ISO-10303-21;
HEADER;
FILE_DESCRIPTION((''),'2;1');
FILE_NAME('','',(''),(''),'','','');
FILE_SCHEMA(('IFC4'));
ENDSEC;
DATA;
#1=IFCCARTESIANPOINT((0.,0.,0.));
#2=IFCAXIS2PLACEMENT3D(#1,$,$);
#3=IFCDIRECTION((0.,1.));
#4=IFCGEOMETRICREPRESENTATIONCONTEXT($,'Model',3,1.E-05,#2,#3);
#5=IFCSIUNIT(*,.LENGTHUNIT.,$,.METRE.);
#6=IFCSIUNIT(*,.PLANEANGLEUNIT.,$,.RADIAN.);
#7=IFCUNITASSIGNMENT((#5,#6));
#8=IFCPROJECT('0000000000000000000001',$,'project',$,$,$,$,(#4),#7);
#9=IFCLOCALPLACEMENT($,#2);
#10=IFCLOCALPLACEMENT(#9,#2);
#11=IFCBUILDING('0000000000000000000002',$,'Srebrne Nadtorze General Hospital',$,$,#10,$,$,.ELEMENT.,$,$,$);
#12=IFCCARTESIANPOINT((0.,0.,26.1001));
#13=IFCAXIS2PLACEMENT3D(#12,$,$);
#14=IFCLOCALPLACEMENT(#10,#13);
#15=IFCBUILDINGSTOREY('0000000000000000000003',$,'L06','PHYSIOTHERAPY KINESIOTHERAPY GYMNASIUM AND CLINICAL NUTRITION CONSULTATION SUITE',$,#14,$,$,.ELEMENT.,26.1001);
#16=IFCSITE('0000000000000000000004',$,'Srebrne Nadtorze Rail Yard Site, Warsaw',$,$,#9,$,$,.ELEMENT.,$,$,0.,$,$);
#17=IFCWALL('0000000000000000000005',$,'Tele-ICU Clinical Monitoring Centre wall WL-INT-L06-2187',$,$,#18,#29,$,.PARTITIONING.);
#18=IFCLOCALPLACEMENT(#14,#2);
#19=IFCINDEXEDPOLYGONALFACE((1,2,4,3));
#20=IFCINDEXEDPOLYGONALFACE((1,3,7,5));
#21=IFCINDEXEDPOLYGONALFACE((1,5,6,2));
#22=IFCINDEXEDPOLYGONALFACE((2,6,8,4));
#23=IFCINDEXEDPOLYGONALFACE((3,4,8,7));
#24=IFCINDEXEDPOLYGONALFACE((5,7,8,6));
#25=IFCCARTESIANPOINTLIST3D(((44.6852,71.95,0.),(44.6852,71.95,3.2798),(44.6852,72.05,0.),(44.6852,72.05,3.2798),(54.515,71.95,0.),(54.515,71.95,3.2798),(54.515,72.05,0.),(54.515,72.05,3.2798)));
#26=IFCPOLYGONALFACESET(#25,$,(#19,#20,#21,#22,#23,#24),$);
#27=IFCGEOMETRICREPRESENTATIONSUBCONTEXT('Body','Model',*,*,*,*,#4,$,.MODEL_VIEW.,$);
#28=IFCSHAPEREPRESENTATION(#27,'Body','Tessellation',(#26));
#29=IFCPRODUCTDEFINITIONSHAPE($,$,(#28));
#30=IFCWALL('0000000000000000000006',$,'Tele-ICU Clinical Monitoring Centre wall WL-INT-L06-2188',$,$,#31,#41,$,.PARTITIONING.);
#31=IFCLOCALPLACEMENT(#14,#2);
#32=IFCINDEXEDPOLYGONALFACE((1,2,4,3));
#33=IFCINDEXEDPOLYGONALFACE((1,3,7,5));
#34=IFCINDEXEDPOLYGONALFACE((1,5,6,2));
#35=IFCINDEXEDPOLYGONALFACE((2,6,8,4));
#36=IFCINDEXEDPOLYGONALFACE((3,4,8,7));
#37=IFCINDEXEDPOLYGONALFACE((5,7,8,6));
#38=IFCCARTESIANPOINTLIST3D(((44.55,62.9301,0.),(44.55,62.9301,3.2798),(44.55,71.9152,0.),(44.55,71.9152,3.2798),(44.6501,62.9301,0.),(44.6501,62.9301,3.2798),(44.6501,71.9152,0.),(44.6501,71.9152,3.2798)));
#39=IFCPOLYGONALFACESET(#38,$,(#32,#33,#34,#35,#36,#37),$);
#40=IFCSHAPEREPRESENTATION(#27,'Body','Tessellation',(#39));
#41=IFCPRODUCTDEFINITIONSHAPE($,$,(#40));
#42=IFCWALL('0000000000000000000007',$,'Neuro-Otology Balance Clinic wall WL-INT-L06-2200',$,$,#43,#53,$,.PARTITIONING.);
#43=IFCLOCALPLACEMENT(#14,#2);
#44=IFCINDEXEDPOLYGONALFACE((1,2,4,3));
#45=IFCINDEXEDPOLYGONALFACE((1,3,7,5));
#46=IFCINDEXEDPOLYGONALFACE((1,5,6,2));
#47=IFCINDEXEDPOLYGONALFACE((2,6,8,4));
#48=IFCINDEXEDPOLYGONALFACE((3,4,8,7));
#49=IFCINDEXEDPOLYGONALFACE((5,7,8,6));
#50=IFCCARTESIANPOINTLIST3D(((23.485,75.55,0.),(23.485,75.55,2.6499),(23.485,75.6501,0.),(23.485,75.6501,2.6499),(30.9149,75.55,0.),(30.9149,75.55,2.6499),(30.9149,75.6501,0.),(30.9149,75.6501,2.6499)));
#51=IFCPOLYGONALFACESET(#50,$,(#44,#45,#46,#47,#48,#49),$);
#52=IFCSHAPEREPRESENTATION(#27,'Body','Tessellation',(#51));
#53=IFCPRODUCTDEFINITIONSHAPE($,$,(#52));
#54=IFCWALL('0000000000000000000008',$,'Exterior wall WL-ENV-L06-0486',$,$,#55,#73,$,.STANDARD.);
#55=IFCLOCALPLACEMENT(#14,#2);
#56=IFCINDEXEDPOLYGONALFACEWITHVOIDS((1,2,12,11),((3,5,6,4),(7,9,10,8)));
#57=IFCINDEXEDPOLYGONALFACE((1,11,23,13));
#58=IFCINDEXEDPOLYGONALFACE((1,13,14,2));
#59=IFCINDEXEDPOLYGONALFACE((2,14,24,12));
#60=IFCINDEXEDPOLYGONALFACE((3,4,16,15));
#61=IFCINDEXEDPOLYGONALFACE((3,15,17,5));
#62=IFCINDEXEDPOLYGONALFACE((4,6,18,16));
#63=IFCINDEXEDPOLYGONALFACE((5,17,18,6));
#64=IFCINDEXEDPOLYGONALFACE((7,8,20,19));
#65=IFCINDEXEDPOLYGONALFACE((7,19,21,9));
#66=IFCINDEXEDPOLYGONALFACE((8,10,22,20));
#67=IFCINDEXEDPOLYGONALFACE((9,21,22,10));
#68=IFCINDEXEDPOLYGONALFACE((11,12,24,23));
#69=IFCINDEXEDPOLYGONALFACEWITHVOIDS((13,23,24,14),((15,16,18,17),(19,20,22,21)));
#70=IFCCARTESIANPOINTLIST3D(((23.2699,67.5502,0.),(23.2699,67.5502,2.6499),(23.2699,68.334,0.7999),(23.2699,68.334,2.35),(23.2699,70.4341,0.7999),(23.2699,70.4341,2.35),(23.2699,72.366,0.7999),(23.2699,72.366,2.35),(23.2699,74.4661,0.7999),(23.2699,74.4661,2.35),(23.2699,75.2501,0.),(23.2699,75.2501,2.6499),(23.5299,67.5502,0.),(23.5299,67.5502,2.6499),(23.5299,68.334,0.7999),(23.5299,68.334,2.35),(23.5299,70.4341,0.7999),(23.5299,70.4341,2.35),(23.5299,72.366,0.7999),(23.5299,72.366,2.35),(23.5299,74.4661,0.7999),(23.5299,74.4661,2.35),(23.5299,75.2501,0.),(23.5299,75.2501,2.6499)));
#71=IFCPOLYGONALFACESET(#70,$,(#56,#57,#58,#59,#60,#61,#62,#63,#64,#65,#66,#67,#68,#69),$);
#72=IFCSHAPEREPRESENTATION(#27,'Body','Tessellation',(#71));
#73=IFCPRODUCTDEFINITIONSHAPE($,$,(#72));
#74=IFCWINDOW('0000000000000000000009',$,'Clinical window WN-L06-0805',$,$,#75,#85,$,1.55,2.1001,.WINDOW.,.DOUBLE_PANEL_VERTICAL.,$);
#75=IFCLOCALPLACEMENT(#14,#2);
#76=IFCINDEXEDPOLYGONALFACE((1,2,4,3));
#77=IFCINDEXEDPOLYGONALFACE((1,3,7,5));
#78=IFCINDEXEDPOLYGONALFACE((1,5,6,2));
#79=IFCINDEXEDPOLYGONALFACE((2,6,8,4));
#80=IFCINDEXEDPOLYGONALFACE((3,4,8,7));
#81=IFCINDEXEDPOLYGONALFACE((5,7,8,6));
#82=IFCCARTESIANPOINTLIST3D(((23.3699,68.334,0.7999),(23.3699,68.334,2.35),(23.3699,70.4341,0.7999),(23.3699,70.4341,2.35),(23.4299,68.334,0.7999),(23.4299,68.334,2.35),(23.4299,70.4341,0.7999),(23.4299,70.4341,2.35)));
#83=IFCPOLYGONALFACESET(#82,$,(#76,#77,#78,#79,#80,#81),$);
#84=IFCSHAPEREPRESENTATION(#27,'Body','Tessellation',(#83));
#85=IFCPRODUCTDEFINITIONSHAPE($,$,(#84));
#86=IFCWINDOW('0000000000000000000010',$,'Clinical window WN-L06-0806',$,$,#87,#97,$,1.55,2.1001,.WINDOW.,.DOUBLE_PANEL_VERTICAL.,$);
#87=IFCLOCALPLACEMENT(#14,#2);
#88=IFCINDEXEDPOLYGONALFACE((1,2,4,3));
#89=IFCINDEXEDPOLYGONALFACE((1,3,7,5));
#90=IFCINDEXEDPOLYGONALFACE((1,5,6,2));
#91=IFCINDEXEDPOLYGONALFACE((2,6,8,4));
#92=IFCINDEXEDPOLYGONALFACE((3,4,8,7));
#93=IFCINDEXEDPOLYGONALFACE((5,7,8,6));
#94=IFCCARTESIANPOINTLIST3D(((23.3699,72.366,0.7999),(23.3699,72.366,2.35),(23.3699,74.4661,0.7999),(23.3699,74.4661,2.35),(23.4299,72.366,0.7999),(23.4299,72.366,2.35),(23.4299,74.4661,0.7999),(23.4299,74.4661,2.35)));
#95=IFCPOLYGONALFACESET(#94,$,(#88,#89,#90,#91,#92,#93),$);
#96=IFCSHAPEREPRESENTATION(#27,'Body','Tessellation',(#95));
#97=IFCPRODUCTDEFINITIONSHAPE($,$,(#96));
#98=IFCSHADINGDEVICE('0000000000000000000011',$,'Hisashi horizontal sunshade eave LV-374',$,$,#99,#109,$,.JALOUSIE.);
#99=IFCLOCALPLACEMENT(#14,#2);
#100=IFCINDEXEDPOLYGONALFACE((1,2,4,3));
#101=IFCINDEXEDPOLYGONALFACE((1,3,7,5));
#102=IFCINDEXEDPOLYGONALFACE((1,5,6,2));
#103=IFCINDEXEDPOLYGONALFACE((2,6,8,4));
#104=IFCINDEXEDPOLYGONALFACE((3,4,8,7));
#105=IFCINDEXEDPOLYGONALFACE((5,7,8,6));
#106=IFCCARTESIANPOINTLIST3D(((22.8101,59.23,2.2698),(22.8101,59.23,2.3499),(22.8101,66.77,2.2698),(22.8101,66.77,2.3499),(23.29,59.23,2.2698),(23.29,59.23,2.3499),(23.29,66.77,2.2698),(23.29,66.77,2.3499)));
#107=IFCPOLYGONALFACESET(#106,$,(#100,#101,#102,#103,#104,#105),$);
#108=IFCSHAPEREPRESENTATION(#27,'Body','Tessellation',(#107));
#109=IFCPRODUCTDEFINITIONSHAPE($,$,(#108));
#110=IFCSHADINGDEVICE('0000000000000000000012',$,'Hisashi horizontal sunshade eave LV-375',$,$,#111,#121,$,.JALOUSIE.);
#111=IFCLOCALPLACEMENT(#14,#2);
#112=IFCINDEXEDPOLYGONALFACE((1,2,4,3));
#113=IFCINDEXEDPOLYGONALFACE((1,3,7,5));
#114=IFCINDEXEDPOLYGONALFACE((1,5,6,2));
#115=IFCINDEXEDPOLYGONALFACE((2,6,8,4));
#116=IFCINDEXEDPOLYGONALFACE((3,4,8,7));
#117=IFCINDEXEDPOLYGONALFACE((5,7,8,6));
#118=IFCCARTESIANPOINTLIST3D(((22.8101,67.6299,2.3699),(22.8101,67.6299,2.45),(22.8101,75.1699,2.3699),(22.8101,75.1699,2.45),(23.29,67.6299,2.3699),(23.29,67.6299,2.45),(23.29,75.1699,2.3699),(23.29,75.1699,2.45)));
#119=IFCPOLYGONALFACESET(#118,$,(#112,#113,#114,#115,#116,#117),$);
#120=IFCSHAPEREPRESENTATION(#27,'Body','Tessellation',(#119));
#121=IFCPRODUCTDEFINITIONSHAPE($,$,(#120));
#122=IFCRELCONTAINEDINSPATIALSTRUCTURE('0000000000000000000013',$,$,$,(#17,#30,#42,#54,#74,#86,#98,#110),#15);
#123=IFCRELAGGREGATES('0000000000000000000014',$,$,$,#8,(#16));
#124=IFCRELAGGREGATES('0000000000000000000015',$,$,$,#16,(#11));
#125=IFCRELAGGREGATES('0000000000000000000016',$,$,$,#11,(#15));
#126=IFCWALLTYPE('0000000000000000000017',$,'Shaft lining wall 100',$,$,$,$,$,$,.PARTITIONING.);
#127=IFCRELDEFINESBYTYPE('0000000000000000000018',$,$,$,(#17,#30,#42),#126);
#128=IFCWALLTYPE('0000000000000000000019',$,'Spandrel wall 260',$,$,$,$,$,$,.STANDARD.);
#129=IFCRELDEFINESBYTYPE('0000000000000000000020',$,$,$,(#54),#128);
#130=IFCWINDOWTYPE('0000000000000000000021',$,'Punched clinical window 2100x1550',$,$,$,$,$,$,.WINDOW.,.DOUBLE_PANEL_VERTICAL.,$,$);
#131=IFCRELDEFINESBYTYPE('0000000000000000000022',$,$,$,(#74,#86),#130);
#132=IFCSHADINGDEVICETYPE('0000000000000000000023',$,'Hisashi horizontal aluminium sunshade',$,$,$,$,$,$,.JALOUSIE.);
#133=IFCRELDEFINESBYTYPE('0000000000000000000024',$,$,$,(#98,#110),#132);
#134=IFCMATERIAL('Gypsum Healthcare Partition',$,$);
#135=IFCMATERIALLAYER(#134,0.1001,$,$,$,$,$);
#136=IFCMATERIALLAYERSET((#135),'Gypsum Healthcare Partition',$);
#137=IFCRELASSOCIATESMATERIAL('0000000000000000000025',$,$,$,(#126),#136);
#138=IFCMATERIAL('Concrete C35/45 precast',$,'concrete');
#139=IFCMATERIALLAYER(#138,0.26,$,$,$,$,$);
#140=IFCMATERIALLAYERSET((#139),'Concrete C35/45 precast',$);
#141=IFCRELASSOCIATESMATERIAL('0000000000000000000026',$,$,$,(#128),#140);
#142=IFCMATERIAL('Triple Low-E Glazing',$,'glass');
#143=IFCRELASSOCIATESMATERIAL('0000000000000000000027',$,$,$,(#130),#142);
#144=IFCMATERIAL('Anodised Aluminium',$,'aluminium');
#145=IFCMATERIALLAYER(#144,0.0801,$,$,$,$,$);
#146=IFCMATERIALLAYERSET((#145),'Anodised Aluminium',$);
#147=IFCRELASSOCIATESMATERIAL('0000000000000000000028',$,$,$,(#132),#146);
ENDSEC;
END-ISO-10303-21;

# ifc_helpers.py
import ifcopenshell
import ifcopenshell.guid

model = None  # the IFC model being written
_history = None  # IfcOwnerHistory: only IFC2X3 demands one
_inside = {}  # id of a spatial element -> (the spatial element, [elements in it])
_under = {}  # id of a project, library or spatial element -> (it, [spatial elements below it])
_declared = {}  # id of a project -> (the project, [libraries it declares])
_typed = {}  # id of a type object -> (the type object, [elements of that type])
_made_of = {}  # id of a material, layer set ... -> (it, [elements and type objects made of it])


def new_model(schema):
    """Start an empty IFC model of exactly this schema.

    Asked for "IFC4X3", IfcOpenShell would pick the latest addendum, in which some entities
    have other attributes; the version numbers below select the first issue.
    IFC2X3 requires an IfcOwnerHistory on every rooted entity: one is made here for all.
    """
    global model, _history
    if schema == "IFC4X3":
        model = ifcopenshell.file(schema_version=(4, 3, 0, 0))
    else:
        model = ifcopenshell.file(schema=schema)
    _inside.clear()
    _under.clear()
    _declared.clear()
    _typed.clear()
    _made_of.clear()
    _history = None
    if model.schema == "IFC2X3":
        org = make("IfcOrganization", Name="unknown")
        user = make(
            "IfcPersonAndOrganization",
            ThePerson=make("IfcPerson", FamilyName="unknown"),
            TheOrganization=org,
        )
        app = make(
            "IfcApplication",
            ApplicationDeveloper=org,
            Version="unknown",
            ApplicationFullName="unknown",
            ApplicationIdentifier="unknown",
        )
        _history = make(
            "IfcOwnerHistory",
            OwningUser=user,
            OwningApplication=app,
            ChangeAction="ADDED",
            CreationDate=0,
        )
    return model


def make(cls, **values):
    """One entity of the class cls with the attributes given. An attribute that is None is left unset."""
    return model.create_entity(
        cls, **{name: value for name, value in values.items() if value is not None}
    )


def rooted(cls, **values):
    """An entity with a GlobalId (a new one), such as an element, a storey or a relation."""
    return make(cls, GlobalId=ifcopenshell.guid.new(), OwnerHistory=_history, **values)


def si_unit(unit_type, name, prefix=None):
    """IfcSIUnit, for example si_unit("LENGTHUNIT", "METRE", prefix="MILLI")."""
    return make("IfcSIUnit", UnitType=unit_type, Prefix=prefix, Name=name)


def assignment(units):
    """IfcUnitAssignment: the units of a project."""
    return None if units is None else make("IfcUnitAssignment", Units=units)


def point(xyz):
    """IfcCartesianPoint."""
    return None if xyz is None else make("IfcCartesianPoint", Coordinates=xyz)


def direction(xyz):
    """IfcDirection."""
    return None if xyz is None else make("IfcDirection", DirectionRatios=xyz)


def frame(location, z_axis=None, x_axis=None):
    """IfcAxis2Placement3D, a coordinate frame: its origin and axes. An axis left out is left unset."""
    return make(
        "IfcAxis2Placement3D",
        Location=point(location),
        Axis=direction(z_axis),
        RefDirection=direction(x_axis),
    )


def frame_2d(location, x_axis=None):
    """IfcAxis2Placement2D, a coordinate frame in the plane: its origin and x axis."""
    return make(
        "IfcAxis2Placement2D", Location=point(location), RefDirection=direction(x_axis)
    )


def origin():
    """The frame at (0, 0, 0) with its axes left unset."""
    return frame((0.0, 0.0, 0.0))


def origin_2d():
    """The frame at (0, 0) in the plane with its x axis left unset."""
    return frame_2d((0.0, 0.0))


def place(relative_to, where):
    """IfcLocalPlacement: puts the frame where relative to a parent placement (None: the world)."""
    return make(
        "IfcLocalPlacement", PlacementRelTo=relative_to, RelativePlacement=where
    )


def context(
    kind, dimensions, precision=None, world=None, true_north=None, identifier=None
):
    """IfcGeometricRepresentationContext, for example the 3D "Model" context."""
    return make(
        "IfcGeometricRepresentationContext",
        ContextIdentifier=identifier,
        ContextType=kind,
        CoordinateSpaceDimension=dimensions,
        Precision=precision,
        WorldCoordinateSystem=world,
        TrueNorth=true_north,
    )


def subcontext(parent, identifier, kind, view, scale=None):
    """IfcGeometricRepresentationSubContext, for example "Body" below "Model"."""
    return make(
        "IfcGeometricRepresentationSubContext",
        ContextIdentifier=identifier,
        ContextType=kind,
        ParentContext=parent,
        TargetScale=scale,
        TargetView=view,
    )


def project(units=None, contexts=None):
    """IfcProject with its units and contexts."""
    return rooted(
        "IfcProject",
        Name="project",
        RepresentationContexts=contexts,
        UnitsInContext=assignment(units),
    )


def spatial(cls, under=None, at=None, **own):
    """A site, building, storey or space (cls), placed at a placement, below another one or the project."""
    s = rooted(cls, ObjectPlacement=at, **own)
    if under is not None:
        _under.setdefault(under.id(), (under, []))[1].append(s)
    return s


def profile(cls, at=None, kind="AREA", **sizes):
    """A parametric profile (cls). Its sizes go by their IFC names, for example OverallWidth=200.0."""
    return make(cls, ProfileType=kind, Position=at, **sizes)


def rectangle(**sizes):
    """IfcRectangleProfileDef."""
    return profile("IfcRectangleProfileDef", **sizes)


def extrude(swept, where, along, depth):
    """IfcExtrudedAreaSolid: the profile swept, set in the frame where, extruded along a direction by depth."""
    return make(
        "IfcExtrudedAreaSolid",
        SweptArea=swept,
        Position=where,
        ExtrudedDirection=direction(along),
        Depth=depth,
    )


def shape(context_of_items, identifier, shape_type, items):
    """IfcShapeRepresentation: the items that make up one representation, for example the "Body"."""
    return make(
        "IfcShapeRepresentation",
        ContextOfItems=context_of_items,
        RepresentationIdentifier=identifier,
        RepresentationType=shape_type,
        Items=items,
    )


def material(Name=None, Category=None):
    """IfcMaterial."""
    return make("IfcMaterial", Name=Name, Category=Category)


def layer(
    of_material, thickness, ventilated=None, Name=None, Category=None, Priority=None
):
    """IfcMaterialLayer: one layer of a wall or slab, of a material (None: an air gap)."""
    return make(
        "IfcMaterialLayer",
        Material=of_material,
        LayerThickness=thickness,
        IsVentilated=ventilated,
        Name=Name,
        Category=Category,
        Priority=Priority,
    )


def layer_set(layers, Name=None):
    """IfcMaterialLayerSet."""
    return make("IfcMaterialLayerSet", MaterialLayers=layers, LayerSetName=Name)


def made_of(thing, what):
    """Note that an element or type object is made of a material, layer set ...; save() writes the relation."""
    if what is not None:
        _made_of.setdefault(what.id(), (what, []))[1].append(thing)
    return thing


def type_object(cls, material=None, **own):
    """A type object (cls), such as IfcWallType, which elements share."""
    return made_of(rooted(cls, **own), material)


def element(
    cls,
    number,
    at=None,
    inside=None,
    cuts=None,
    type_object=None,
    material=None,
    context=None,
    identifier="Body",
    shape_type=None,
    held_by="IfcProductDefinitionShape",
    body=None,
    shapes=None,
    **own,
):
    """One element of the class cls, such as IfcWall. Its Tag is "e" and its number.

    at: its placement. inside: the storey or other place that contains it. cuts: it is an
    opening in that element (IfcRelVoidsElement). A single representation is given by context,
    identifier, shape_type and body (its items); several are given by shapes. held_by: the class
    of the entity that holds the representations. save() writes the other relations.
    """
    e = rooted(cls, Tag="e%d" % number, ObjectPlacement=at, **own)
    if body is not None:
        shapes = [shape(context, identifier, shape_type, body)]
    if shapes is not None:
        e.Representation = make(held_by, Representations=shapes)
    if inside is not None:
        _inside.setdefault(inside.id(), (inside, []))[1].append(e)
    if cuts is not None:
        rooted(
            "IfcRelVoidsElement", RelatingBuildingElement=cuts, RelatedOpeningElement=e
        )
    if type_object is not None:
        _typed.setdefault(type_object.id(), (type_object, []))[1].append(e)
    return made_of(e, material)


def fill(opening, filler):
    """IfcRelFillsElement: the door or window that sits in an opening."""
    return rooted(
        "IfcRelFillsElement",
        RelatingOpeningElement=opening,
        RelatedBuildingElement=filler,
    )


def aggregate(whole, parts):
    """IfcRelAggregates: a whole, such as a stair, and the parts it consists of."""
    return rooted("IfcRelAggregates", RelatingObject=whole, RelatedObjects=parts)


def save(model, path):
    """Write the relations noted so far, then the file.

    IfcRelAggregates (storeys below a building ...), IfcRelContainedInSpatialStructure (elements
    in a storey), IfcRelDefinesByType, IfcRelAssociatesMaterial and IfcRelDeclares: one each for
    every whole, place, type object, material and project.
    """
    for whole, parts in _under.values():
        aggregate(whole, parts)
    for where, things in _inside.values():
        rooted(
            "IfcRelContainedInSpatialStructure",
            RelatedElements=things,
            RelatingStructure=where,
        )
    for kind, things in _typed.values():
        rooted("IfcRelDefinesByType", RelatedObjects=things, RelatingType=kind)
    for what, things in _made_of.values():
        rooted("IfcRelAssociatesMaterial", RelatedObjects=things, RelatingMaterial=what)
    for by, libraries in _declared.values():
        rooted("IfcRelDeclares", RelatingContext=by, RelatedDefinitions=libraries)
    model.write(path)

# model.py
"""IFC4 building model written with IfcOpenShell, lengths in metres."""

from ifc_helpers import new_model, si_unit, direction, frame, frame_2d, origin, origin_2d, place, context, subcontext, project, spatial, rectangle, extrude, material, layer, layer_set, type_object, element, fill, save


model = new_model("IFC4")

# Units and contexts
model_context = context("Model", 3, precision=1e-05, world=origin(), true_north=direction((0.0, 1.0)))
body_context = subcontext(model_context, "Body", "Model", "MODEL_VIEW")
ifc_project = project(units=[si_unit("LENGTHUNIT", "METRE"), si_unit("PLANEANGLEUNIT", "RADIAN")], contexts=[model_context])

# Site, building, storey
site_placement = place(None, origin())
site = spatial("IfcSite", under=ifc_project, at=site_placement, Name="Srebrne Nadtorze Rail Yard Site, Warsaw", CompositionType="ELEMENT", RefElevation=0.0)
building_placement = place(site_placement, origin())
building = spatial("IfcBuilding", under=site, at=building_placement, Name="Srebrne Nadtorze General Hospital", CompositionType="ELEMENT")
storey_placement = place(building_placement, frame((0.0, 0.0, 26.1001)))
storey = spatial("IfcBuildingStorey", under=building, at=storey_placement, Name="L06", Description="PHYSIOTHERAPY KINESIOTHERAPY GYMNASIUM AND CLINICAL NUTRITION CONSULTATION SUITE", CompositionType="ELEMENT", Elevation=26.1001)

# Walls
ifc_material_1 = material(Name="Gypsum Healthcare Partition")
ifc_layer_1 = layer(ifc_material_1, 0.1001)
ifc_layer_set_1 = layer_set([ifc_layer_1], Name="Gypsum Healthcare Partition")
wall_type_1 = type_object("IfcWallType", Name="Shaft lining wall 100", PredefinedType="PARTITIONING", material=ifc_layer_set_1)
wall_1_placement = place(storey_placement, frame((44.6851, 72.0, 0.0), z_axis=(0.0, 0.0, 1.0), x_axis=(1.0, 0.0, 0.0)))
element("IfcWall", 1, at=wall_1_placement, inside=storey, type_object=wall_type_1, Name="Tele-ICU Clinical Monitoring Centre wall WL-INT-L06-2187", PredefinedType="PARTITIONING", context=body_context, shape_type="SweptSolid", body=[
    extrude(rectangle(XDim=9.8298, YDim=0.1001, at=frame_2d((4.915, 0.0))), origin(), (0.0, 0.0, 1.0), 3.2798),
])
wall_2_placement = place(storey_placement, frame((44.6001, 62.9299, 0.0), z_axis=(0.0, 0.0, 1.0), x_axis=(0.0, 1.0, 0.0)))
element("IfcWall", 2, at=wall_2_placement, inside=storey, type_object=wall_type_1, Name="Tele-ICU Clinical Monitoring Centre wall WL-INT-L06-2188", PredefinedType="PARTITIONING", context=body_context, shape_type="SweptSolid", body=[
    extrude(rectangle(XDim=8.9851, YDim=0.1001, at=frame_2d((4.4927, 0.0))), origin(), (0.0, 0.0, 1.0), 3.2798),
])
wall_3_placement = place(storey_placement, frame((23.4851, 75.6001, 0.0), z_axis=(0.0, 0.0, 1.0), x_axis=(1.0, 0.0, 0.0)))
element("IfcWall", 3, at=wall_3_placement, inside=storey, type_object=wall_type_1, Name="Neuro-Otology Balance Clinic wall WL-INT-L06-2200", PredefinedType="PARTITIONING", context=body_context, shape_type="SweptSolid", body=[
    extrude(rectangle(XDim=7.4299, YDim=0.1001, at=frame_2d((3.7148, 0.0))), origin(), (0.0, 0.0, 1.0), 2.6499),
])

# Wall, openings, windows
ifc_material_2 = material(Name="Concrete C35/45 precast", Category="concrete")
ifc_layer_2 = layer(ifc_material_2, 0.26)
ifc_layer_set_2 = layer_set([ifc_layer_2], Name="Concrete C35/45 precast")
wall_type_2 = type_object("IfcWallType", Name="Spandrel wall 260", PredefinedType="STANDARD", material=ifc_layer_set_2)
wall_4_placement = place(storey_placement, frame((23.3999, 67.55, 0.0), z_axis=(0.0, 0.0, 1.0), x_axis=(0.0, 1.0, 0.0)))
wall_4 = element("IfcWall", 4, at=wall_4_placement, inside=storey, type_object=wall_type_2, Name="Exterior wall WL-ENV-L06-0486", PredefinedType="STANDARD", context=body_context, shape_type="SweptSolid", body=[
    extrude(rectangle(XDim=7.7, YDim=0.26, at=frame_2d((3.8501, 0.0))), origin(), (0.0, 0.0, 1.0), 2.6499),
])
opening_1_placement = place(wall_4_placement, frame((0.7839, 0.0, 0.8)))
opening_1 = element("IfcOpeningElement", 5, at=opening_1_placement, cuts=wall_4, PredefinedType="OPENING", context=body_context, shape_type="SweptSolid", body=[
    extrude(rectangle(XDim=2.1001, YDim=1.55, at=frame_2d((1.05, 0.7749))), frame((0.0, 0.1421, 0.0), z_axis=(0.0, -1.0, 0.0), x_axis=(1.0, 0.0, 0.0)), (0.0, 0.0, 1.0), 0.2839),
])
opening_2_placement = place(wall_4_placement, frame((4.8159, 0.0, 0.8)))
opening_2 = element("IfcOpeningElement", 6, at=opening_2_placement, cuts=wall_4, PredefinedType="OPENING", context=body_context, shape_type="SweptSolid", body=[
    extrude(rectangle(XDim=2.1001, YDim=1.55, at=frame_2d((1.05, 0.7749))), frame((0.0, 0.1421, 0.0), z_axis=(0.0, -1.0, 0.0), x_axis=(1.0, 0.0, 0.0)), (0.0, 0.0, 1.0), 0.2839),
])
ifc_material_3 = material(Name="Triple Low-E Glazing", Category="glass")
window_type = type_object("IfcWindowType", Name="Punched clinical window 2100x1550", PartitioningType="DOUBLE_PANEL_VERTICAL", PredefinedType="WINDOW", material=ifc_material_3)
window_1_placement = place(opening_1_placement, origin())
window_1 = element("IfcWindow", 7, at=window_1_placement, inside=storey, type_object=window_type, Name="Clinical window WN-L06-0805", OverallHeight=1.55, OverallWidth=2.1001, PartitioningType="DOUBLE_PANEL_VERTICAL", PredefinedType="WINDOW", context=body_context, shape_type="SweptSolid", body=[
    extrude(rectangle(XDim=2.1001, YDim=1.55, at=frame_2d((1.05, 0.7749))), frame((0.0, 0.03, 0.0), z_axis=(0.0, -1.0, 0.0), x_axis=(1.0, 0.0, 0.0)), (0.0, 0.0, 1.0), 0.0601),
])
fill(opening_1, window_1)
window_2_placement = place(opening_2_placement, origin())
window_2 = element("IfcWindow", 8, at=window_2_placement, inside=storey, type_object=window_type, Name="Clinical window WN-L06-0806", OverallHeight=1.55, OverallWidth=2.1001, PartitioningType="DOUBLE_PANEL_VERTICAL", PredefinedType="WINDOW", context=body_context, shape_type="SweptSolid", body=[
    extrude(rectangle(XDim=2.1001, YDim=1.55, at=frame_2d((1.05, 0.7749))), frame((0.0, 0.03, 0.0), z_axis=(0.0, -1.0, 0.0), x_axis=(1.0, 0.0, 0.0)), (0.0, 0.0, 1.0), 0.0601),
])
fill(opening_2, window_2)

# Shading devices
ifc_material_4 = material(Name="Anodised Aluminium", Category="aluminium")
ifc_layer_3 = layer(ifc_material_4, 0.0801)
ifc_layer_set_3 = layer_set([ifc_layer_3], Name="Anodised Aluminium")
shading_device_type = type_object("IfcShadingDeviceType", Name="Hisashi horizontal aluminium sunshade", PredefinedType="JALOUSIE", material=ifc_layer_set_3)
for number, where, z_axis, x_axis, name in (
    (9, (23.05, 63.0, 2.2698), (0.0, 0.0, 1.0), (1.0, 0.0, 0.0), "Hisashi horizontal sunshade eave LV-374"),
    (10, (23.05, 71.3999, 2.3699), (0.0, 0.0, 1.0), (1.0, 0.0, 0.0), "Hisashi horizontal sunshade eave LV-375"),
):
    element("IfcShadingDevice", number, at=place(storey_placement, frame(where, z_axis=z_axis, x_axis=x_axis)), inside=storey, type_object=shading_device_type, Name=name, PredefinedType="JALOUSIE", context=body_context, shape_type="SweptSolid", body=[
        extrude(rectangle(XDim=0.48, YDim=7.54, at=origin_2d()), origin(), (0.0, 0.0, 1.0), 0.0801),
    ])

save(model, "model.ifc")
